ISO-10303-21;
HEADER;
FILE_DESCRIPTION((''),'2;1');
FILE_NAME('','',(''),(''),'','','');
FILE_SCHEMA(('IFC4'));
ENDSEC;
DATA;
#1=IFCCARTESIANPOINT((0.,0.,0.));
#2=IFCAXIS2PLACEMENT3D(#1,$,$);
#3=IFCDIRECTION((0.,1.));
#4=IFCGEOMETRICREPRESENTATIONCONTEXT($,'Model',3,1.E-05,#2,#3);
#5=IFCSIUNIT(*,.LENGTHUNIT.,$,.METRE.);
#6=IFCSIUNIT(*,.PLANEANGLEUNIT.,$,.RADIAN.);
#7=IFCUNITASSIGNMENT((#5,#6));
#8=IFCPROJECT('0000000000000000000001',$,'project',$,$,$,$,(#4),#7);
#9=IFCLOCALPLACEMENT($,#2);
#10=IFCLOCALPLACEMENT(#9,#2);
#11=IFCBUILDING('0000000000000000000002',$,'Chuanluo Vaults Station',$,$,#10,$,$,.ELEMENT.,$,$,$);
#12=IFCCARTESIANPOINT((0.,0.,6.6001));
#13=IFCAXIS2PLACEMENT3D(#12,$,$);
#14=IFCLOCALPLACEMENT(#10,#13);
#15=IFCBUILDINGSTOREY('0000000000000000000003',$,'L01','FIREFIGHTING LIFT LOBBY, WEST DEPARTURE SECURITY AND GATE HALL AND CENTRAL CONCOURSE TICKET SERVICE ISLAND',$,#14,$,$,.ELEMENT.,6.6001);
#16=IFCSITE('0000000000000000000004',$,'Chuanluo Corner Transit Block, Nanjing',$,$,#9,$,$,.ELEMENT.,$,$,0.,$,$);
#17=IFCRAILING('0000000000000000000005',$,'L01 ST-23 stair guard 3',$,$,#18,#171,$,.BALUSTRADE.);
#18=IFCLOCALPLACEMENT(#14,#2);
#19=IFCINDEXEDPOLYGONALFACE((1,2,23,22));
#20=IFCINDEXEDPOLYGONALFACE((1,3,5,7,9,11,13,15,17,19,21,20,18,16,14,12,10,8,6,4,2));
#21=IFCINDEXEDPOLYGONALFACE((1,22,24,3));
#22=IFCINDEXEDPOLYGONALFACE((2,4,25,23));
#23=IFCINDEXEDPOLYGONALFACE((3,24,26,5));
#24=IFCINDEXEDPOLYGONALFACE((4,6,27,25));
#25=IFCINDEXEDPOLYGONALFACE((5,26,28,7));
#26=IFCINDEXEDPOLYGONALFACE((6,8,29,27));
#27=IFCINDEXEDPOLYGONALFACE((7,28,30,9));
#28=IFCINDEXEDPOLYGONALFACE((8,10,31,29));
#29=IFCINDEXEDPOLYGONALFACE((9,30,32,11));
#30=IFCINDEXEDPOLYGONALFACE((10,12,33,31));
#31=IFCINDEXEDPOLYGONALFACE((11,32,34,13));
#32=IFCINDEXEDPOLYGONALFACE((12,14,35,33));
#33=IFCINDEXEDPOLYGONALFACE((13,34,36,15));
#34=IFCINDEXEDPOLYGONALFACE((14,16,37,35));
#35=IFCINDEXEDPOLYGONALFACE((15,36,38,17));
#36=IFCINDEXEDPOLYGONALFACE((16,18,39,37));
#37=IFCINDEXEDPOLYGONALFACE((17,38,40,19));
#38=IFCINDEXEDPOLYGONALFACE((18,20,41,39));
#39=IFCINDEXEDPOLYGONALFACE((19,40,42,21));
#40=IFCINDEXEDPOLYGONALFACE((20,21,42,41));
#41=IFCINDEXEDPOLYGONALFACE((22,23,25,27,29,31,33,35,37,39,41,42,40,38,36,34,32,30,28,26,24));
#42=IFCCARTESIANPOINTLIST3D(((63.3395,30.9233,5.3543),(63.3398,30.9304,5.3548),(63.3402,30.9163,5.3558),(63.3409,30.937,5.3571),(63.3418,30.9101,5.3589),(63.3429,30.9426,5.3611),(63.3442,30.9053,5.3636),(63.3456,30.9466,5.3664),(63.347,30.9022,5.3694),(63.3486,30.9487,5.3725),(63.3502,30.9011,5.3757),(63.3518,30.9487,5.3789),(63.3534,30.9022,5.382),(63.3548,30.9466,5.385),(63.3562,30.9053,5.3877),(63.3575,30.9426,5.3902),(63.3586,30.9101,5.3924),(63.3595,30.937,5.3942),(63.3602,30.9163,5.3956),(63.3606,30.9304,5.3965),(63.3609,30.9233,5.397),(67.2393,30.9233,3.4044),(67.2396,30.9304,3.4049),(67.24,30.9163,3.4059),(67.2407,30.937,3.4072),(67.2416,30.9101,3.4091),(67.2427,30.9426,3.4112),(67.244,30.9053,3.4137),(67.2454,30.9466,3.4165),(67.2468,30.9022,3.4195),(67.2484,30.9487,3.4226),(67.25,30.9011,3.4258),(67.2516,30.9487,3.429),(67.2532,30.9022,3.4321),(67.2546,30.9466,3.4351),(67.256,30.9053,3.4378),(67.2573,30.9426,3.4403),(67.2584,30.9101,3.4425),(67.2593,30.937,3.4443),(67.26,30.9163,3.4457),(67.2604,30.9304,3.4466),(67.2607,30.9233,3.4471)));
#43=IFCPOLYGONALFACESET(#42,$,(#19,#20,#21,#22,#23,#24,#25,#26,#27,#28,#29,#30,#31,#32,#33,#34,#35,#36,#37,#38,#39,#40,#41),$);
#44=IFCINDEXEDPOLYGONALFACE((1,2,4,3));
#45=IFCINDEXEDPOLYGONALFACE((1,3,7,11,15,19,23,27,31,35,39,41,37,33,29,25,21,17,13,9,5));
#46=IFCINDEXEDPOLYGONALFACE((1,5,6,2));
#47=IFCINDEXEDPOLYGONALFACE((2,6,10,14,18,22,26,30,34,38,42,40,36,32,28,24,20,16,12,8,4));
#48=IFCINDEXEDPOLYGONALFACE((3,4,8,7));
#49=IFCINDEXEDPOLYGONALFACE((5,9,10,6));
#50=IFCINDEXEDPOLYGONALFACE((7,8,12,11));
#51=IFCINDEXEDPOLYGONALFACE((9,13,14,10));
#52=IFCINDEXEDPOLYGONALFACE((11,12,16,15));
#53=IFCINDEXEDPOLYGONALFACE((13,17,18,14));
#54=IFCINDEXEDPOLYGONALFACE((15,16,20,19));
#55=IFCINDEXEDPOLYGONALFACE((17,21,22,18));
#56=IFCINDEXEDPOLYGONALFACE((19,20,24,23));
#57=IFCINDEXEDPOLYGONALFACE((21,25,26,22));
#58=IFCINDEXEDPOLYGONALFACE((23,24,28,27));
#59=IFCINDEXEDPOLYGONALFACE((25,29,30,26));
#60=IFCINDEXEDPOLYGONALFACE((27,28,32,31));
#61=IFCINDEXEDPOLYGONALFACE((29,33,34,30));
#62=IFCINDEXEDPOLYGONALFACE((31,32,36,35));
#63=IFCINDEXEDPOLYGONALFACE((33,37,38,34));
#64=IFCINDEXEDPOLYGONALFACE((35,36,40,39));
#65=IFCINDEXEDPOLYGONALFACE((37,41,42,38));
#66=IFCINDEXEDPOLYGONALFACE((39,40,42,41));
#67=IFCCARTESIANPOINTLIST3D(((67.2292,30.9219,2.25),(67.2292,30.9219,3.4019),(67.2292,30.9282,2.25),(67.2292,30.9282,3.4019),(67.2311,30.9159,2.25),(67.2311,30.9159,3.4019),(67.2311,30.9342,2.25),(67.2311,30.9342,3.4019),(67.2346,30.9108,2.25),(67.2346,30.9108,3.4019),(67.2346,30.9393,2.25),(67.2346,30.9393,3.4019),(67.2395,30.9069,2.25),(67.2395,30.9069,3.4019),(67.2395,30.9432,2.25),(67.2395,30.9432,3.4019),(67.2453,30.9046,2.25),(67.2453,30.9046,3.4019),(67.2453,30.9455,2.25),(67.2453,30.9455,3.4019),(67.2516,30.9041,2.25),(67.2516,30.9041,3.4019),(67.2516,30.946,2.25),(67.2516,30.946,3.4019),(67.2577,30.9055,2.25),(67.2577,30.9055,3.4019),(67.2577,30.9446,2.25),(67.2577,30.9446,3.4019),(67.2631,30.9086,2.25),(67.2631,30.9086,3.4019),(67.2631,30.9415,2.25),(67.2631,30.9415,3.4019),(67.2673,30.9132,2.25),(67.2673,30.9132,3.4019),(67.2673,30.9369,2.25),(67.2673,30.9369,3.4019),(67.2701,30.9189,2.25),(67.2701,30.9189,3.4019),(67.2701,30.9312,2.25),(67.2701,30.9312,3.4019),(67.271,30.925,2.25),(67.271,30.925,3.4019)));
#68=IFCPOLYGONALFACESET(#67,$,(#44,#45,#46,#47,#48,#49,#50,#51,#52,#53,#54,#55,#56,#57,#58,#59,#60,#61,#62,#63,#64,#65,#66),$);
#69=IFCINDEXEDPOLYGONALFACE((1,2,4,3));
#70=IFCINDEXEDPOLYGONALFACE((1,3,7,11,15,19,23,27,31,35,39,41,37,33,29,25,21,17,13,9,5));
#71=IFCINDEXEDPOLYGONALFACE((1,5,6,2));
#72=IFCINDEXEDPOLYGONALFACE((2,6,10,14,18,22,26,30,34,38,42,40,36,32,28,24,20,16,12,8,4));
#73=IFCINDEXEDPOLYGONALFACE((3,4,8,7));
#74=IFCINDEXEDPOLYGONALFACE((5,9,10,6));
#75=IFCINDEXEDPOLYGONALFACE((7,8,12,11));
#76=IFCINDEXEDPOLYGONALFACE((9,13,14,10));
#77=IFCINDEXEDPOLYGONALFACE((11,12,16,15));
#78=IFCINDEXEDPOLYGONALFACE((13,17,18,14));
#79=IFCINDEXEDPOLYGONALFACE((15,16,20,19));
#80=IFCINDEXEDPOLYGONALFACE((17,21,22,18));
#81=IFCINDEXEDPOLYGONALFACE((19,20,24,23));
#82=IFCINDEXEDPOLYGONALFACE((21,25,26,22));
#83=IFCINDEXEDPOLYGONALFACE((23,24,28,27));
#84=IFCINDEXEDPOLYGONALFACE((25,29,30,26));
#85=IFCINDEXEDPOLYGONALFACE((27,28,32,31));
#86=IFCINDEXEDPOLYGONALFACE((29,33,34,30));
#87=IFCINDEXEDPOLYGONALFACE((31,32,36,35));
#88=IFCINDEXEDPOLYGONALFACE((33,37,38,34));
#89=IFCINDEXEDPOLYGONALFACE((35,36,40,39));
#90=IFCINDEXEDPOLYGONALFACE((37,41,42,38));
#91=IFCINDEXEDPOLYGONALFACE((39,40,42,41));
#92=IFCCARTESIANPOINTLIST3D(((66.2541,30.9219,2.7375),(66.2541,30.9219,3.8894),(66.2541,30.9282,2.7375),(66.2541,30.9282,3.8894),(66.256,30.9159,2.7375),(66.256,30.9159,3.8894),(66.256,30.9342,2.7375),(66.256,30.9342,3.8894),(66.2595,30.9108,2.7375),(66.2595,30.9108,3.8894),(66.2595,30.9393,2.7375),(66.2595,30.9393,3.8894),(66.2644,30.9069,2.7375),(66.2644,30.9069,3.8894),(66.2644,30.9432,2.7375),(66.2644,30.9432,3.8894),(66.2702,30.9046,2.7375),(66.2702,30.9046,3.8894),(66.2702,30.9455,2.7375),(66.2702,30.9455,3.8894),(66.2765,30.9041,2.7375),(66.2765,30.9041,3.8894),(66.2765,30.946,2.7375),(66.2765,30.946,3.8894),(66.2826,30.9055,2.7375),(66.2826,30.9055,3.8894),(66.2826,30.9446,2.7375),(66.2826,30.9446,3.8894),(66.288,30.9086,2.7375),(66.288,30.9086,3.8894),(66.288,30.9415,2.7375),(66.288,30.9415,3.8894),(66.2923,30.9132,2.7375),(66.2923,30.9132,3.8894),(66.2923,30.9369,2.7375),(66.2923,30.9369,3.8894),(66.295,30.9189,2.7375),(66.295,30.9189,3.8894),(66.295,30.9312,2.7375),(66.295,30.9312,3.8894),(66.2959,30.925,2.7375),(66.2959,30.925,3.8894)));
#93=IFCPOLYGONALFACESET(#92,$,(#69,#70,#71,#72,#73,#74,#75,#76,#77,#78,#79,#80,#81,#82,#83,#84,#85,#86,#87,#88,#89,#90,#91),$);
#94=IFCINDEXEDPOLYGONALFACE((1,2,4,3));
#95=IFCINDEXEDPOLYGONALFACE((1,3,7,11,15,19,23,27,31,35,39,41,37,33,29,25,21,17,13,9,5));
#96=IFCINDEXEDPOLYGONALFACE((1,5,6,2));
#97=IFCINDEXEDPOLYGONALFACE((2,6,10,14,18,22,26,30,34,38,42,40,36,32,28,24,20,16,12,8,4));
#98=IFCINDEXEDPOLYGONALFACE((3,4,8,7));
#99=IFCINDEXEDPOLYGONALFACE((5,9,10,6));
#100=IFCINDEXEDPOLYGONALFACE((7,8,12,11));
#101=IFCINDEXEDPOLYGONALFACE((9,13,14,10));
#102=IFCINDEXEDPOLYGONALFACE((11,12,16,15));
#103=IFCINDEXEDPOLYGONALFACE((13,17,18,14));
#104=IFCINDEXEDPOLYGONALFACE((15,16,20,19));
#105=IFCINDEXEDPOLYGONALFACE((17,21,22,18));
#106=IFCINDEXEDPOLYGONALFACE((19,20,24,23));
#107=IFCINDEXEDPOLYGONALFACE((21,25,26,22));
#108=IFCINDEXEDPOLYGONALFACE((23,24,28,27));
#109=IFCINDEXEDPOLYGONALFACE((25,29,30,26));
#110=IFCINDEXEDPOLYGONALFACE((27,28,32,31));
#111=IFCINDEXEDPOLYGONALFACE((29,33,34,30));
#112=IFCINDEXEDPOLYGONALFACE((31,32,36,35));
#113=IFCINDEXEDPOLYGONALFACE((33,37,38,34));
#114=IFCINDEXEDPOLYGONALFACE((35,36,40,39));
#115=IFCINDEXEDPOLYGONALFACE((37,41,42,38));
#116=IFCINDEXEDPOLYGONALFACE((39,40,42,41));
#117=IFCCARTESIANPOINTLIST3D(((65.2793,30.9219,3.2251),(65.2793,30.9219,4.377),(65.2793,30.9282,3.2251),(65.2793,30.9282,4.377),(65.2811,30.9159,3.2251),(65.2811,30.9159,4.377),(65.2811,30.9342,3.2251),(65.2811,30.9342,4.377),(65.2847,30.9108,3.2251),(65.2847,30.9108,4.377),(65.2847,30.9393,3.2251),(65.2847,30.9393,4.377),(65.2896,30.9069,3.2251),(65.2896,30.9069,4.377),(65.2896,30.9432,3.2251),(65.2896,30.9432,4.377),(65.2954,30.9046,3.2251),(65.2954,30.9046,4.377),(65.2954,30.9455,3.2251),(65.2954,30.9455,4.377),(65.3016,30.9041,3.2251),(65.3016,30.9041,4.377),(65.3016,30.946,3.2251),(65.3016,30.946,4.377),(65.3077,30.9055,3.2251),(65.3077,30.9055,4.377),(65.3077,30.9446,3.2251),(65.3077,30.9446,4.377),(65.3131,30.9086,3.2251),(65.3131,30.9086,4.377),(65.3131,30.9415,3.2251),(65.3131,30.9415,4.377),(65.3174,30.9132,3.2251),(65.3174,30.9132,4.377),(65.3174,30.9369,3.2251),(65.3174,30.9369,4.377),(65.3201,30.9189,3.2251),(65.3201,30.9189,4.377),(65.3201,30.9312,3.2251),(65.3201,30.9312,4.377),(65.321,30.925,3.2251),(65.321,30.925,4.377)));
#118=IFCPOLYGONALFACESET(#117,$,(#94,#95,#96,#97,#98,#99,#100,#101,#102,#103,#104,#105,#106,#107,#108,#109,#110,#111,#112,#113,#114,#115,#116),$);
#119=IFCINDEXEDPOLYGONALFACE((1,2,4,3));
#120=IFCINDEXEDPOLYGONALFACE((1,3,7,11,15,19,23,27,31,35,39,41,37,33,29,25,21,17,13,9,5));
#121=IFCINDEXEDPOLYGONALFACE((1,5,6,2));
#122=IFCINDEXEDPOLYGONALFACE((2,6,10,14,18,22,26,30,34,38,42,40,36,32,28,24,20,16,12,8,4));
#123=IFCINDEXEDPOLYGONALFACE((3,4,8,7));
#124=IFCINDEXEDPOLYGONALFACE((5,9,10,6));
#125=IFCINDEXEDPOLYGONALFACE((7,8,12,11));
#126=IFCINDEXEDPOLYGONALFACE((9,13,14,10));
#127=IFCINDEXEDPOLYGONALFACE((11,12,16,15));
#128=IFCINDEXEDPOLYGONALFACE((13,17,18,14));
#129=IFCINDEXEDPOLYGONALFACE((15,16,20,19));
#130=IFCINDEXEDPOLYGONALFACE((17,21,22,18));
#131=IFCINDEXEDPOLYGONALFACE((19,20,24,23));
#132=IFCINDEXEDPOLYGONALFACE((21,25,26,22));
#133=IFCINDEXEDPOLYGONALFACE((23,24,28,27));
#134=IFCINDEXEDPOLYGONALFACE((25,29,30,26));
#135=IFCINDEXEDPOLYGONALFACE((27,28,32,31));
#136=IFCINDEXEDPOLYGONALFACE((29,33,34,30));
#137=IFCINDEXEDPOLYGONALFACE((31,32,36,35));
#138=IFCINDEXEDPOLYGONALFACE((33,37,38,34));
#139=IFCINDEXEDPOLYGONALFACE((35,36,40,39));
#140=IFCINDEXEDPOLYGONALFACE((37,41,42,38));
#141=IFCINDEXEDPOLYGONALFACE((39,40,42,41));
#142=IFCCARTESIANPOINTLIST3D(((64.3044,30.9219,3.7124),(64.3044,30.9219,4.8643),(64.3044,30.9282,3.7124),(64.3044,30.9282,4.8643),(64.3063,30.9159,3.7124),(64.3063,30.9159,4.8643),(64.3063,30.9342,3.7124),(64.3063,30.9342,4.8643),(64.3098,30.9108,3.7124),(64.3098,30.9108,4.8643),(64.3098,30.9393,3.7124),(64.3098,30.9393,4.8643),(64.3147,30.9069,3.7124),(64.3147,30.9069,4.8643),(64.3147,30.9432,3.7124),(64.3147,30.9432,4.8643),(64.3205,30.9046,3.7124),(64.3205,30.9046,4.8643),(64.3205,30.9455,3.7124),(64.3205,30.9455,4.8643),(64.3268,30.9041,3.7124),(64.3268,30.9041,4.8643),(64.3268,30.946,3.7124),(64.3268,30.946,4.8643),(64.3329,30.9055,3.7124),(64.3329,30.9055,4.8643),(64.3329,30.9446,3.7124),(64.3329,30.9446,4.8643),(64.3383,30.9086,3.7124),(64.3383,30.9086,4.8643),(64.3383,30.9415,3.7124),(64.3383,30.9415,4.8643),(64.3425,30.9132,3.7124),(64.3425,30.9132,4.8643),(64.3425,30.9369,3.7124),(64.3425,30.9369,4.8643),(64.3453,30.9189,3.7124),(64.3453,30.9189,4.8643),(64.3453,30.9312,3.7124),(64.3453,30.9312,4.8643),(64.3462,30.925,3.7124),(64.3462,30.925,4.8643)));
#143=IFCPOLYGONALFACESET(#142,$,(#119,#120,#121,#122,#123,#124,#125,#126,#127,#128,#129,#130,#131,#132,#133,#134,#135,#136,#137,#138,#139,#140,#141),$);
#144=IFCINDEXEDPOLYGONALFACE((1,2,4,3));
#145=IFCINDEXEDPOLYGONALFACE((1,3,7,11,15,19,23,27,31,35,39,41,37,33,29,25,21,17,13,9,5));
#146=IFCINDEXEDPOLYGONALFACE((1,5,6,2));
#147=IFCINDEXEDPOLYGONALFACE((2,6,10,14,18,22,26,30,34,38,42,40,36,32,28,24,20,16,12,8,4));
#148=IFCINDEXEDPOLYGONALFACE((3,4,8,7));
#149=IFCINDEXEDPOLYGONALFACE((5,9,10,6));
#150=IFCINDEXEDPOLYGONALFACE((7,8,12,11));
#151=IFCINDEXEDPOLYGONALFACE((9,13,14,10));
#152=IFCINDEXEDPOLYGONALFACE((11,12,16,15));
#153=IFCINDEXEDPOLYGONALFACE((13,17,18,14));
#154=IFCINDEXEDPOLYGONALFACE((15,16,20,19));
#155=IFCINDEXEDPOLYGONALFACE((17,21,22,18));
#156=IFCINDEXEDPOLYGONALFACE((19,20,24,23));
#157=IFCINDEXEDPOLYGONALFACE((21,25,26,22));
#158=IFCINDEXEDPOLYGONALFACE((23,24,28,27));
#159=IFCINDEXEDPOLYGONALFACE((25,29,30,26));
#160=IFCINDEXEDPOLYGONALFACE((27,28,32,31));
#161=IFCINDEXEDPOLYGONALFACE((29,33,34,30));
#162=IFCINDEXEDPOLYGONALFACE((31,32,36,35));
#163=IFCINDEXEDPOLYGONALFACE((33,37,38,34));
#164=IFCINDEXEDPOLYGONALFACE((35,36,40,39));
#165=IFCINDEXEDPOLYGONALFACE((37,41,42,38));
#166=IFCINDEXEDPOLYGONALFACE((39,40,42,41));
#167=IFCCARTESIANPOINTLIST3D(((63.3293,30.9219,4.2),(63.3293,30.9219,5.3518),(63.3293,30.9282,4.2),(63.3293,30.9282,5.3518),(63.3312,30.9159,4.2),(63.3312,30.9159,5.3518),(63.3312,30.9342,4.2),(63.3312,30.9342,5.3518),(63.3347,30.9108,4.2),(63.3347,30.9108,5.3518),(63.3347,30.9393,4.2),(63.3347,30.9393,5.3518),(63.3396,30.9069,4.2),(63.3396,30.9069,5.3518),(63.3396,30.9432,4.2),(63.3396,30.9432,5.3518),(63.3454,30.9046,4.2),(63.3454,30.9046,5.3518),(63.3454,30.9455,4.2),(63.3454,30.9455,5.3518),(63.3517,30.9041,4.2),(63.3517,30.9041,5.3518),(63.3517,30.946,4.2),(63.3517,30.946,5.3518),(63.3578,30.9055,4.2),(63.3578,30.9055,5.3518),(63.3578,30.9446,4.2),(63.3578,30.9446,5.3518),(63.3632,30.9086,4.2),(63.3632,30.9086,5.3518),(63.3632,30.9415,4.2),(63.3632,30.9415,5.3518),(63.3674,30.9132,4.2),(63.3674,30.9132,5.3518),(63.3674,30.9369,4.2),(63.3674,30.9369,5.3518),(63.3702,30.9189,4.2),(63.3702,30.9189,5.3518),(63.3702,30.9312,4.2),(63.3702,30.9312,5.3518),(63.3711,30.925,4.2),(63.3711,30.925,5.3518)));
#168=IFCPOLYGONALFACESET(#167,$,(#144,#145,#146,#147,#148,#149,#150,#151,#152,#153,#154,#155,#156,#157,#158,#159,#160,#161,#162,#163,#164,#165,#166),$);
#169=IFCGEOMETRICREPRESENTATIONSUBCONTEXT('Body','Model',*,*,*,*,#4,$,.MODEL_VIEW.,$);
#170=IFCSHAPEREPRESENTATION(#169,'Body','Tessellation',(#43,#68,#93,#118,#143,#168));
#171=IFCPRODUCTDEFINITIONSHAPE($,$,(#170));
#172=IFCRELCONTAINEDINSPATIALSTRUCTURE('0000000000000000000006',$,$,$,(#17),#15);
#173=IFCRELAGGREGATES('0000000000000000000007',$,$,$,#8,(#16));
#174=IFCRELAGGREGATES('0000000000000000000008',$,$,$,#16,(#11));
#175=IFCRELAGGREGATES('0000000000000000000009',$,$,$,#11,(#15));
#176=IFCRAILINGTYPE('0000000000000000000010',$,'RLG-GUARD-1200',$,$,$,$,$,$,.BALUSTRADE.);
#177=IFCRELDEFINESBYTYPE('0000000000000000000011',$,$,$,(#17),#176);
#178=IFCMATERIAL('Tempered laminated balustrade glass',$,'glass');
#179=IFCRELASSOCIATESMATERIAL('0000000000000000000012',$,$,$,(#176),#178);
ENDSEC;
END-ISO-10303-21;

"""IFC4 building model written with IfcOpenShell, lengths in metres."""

from ifc_helpers import new_model, si_unit, direction, frame, origin, origin_2d, place, context, subcontext, project, spatial, circle, extrude, material, type_object, element, save


model = new_model("IFC4")

# Units and contexts
model_context = context("Model", 3, precision=1e-05, world=origin(), true_north=direction((0.0, 1.0)))
body_context = subcontext(model_context, "Body", "Model", "MODEL_VIEW")
ifc_project = project(units=[si_unit("LENGTHUNIT", "METRE"), si_unit("PLANEANGLEUNIT", "RADIAN")], contexts=[model_context])

# Site, building, storey
site_placement = place(None, origin())
site = spatial("IfcSite", under=ifc_project, at=site_placement, Name="Chuanluo Corner Transit Block, Nanjing", CompositionType="ELEMENT", RefElevation=0.0)
building_placement = place(site_placement, origin())
building = spatial("IfcBuilding", under=site, at=building_placement, Name="Chuanluo Vaults Station", CompositionType="ELEMENT")
storey_placement = place(building_placement, frame((0.0, 0.0, 6.6001)))
storey = spatial("IfcBuildingStorey", under=building, at=storey_placement, Name="L01", Description="FIREFIGHTING LIFT LOBBY, WEST DEPARTURE SECURITY AND GATE HALL AND CENTRAL CONCOURSE TICKET SERVICE ISLAND", CompositionType="ELEMENT", Elevation=6.6001)

# Railing
ifc_material_1 = material(Name="Tempered laminated balustrade glass", Category="glass")
railing_type = type_object("IfcRailingType", Name="RLG-GUARD-1200", PredefinedType="BALUSTRADE", material=ifc_material_1)
railing_1_placement = place(storey_placement, frame((67.25, 30.925, 2.25)))
element("IfcRailing", 1, at=railing_1_placement, inside=storey, type_object=railing_type, Name="L01 ST-23 stair guard 3", PredefinedType="BALUSTRADE", context=body_context, shape_type="SweptSolid", body=[
    extrude(circle(Radius=0.0239, at=origin_2d()), frame((0.0, 0.0, 1.1758), z_axis=(-0.894427, 0.0, 0.447214), x_axis=(0.0, -1.0, 0.0)), (0.0, 0.0, 1.0), 4.3601),
    extrude(circle(Radius=0.021, at=origin_2d()), origin(), (0.0, 0.0, 1.0), 1.1519),
    extrude(circle(Radius=0.021, at=origin_2d()), frame((-0.9751, 0.0, 0.4875)), (0.0, 0.0, 1.0), 1.1519),
    extrude(circle(Radius=0.021, at=origin_2d()), frame((-1.95, 0.0, 0.9751)), (0.0, 0.0, 1.0), 1.1519),
    extrude(circle(Radius=0.021, at=origin_2d()), frame((-2.9248, 0.0, 1.4624)), (0.0, 0.0, 1.0), 1.1519),
    extrude(circle(Radius=0.021, at=origin_2d()), frame((-3.8999, 0.0, 1.95)), (0.0, 0.0, 1.0), 1.1519),
])

save(model, "model.ifc")
